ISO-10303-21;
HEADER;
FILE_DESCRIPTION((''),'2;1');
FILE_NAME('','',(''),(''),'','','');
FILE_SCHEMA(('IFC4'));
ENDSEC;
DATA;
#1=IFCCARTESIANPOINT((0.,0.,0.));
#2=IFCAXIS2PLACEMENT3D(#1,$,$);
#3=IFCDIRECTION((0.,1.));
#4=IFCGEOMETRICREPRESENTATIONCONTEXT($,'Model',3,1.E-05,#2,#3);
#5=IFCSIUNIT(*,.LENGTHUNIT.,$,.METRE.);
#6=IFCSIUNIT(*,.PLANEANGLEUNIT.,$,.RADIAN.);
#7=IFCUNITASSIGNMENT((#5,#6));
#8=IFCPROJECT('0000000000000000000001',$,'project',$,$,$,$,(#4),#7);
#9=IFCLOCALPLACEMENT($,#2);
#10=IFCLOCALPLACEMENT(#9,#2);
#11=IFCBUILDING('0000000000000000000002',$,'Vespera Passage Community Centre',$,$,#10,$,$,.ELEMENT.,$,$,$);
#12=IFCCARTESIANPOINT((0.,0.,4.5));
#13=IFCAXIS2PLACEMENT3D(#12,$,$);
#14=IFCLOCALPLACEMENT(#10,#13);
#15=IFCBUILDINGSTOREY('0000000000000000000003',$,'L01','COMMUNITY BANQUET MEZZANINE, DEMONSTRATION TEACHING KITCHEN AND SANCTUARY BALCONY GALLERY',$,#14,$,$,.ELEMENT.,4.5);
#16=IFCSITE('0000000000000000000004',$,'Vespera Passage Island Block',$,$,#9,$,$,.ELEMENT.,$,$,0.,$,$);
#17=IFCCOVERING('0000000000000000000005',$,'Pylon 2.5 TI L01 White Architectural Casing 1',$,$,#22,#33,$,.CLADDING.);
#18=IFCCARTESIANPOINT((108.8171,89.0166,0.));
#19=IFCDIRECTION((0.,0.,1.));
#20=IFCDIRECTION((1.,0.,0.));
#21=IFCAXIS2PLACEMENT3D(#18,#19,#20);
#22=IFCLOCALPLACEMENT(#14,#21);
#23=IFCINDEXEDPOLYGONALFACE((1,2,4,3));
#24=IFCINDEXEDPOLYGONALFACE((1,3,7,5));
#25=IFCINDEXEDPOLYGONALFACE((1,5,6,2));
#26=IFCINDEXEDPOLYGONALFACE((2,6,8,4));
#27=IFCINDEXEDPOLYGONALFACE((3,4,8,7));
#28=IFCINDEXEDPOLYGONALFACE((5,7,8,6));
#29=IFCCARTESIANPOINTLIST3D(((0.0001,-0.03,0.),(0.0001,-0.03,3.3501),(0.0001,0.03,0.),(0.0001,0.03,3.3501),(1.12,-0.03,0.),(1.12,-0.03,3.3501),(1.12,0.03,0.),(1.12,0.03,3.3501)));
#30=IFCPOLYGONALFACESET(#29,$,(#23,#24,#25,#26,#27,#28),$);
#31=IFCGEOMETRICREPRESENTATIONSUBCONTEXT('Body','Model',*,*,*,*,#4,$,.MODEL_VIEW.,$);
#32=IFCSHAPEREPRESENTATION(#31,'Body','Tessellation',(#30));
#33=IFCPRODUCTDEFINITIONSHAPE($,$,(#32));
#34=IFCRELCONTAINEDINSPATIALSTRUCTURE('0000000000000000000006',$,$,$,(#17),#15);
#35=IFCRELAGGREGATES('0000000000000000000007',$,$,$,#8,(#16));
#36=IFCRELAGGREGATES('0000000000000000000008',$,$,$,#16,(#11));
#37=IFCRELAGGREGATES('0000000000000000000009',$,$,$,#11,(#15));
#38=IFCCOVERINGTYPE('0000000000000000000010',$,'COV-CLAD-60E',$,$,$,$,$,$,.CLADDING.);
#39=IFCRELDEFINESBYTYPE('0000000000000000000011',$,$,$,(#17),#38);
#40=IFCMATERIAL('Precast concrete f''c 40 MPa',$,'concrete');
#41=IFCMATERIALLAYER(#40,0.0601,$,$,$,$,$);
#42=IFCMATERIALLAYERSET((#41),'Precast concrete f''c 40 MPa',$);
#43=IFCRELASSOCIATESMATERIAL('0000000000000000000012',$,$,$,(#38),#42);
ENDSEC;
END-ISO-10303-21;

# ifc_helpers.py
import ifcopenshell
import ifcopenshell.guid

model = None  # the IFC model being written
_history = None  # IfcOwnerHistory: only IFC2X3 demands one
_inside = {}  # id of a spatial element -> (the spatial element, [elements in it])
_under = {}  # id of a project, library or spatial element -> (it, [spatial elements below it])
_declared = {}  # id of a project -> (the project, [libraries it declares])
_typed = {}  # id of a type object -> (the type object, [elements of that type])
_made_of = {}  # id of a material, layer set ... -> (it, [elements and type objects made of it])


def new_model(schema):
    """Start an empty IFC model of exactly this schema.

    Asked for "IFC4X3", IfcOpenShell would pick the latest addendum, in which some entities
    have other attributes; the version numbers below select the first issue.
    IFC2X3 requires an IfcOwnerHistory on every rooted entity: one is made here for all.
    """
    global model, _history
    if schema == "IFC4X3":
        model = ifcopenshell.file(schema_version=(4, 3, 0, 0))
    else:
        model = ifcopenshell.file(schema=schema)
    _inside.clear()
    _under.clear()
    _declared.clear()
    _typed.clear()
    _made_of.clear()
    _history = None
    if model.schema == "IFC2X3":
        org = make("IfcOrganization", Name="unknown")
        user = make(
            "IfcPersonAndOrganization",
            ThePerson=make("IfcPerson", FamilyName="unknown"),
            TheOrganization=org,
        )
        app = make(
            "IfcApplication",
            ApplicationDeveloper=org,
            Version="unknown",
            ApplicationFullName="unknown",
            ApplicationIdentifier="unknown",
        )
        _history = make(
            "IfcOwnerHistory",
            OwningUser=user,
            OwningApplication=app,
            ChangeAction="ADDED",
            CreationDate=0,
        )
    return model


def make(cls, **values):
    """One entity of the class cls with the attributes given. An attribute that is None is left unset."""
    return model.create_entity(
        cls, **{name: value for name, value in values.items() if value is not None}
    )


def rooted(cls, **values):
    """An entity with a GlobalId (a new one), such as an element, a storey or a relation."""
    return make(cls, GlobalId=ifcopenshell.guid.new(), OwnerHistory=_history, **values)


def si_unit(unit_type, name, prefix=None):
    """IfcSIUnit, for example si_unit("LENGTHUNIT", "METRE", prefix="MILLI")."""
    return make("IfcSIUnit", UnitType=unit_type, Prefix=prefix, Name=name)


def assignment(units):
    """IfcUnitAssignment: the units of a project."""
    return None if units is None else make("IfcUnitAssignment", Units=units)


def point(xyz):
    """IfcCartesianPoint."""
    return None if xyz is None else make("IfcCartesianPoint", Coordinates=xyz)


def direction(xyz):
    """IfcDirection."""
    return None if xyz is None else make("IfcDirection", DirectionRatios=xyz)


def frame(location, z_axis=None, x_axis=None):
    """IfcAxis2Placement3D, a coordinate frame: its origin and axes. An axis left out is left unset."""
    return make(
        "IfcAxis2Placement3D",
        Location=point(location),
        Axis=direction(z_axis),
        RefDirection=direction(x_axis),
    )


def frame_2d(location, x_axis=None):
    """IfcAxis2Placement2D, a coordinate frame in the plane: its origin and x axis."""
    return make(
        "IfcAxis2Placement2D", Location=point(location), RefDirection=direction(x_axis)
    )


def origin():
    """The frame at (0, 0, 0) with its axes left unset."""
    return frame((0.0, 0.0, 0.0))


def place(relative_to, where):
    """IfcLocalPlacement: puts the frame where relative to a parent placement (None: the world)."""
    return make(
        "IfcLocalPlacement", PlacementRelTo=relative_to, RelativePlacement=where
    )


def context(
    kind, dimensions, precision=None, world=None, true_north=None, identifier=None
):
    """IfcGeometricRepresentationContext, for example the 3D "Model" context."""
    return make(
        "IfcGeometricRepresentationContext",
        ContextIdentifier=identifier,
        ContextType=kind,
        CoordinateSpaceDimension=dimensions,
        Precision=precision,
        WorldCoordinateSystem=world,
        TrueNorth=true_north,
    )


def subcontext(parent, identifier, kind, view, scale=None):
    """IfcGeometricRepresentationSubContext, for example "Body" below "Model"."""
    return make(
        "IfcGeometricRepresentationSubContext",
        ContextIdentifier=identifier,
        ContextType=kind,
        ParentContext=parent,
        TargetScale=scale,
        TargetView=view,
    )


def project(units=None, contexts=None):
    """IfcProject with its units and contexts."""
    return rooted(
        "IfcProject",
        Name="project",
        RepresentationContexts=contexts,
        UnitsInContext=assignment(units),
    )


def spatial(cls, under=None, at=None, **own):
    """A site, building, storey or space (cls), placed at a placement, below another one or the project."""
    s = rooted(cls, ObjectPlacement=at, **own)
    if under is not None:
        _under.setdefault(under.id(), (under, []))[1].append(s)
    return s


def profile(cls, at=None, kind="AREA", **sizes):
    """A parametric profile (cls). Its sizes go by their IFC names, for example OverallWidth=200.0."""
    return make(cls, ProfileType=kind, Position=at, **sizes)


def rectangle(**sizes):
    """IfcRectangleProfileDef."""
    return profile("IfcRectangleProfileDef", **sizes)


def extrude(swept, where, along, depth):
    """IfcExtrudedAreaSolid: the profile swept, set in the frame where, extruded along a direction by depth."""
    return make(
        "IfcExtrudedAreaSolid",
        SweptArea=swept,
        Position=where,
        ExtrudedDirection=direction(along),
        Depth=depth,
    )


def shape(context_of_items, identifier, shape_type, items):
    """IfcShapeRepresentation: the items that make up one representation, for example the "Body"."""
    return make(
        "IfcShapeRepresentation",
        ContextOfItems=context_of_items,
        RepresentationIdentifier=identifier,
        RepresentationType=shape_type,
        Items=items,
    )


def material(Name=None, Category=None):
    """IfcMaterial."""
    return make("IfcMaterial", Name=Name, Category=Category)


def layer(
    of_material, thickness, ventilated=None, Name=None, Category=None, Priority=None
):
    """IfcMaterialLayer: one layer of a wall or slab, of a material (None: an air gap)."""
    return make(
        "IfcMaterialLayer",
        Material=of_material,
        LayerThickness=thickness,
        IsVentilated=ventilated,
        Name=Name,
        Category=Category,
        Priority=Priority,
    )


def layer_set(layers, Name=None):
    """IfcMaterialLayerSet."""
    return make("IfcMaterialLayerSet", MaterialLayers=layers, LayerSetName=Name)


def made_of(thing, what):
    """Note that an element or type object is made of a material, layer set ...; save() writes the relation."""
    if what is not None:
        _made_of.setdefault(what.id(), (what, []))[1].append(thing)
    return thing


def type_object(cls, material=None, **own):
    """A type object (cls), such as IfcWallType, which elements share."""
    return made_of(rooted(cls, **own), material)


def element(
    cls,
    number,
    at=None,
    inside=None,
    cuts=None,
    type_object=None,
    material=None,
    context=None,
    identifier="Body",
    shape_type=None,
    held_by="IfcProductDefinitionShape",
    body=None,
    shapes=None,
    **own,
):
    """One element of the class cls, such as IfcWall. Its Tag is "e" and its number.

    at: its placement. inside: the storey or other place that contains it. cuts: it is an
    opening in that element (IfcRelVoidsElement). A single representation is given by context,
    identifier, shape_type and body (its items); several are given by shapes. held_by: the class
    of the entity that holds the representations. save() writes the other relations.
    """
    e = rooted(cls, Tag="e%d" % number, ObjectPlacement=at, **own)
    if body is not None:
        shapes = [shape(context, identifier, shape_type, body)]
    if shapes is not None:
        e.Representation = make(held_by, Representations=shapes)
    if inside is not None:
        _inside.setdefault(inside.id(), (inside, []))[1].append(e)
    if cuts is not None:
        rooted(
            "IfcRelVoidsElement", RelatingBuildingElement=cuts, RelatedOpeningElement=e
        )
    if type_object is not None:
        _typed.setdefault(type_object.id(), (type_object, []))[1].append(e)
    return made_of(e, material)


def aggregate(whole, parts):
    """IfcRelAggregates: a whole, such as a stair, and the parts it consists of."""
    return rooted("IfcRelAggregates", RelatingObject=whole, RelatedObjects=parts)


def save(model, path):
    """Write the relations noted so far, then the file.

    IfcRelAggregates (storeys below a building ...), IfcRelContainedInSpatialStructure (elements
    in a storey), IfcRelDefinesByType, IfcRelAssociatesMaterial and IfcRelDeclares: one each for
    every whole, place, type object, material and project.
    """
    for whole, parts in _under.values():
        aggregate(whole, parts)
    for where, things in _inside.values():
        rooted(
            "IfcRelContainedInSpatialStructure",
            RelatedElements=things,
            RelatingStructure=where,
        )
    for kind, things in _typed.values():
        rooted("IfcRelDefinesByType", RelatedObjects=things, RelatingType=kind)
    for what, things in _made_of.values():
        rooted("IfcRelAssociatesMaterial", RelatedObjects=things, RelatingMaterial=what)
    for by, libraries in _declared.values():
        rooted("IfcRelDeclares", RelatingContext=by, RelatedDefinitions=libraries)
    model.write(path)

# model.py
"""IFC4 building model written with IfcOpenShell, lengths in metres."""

from ifc_helpers import new_model, si_unit, direction, frame, frame_2d, origin, place, context, subcontext, project, spatial, rectangle, extrude, material, layer, layer_set, type_object, element, save


model = new_model("IFC4")

# Units and contexts
model_context = context("Model", 3, precision=1e-05, world=origin(), true_north=direction((0.0, 1.0)))
body_context = subcontext(model_context, "Body", "Model", "MODEL_VIEW")
ifc_project = project(units=[si_unit("LENGTHUNIT", "METRE"), si_unit("PLANEANGLEUNIT", "RADIAN")], contexts=[model_context])

# Site, building, storey
site_placement = place(None, origin())
site = spatial("IfcSite", under=ifc_project, at=site_placement, Name="Vespera Passage Island Block", CompositionType="ELEMENT", RefElevation=0.0)
building_placement = place(site_placement, origin())
building = spatial("IfcBuilding", under=site, at=building_placement, Name="Vespera Passage Community Centre", CompositionType="ELEMENT")
storey_placement = place(building_placement, frame((0.0, 0.0, 4.5)))
storey = spatial("IfcBuildingStorey", under=building, at=storey_placement, Name="L01", Description="COMMUNITY BANQUET MEZZANINE, DEMONSTRATION TEACHING KITCHEN AND SANCTUARY BALCONY GALLERY", CompositionType="ELEMENT", Elevation=4.5)

# Covering
ifc_material_1 = material(Name="Precast concrete f'c 40 MPa", Category="concrete")
ifc_layer_1 = layer(ifc_material_1, 0.0601)
ifc_layer_set_1 = layer_set([ifc_layer_1], Name="Precast concrete f'c 40 MPa")
covering_type = type_object("IfcCoveringType", Name="COV-CLAD-60E", PredefinedType="CLADDING", material=ifc_layer_set_1)
for number, where, z_axis, x_axis, name in (
    (1, (108.8171, 89.0166, 0.0), (0.0, 0.0, 1.0), (1.0, 0.0, 0.0), "Pylon 2.5 TI L01 White Architectural Casing 1"),
):
    element("IfcCovering", number, at=place(storey_placement, frame(where, z_axis=z_axis, x_axis=x_axis)), inside=storey, type_object=covering_type, Name=name, PredefinedType="CLADDING", context=body_context, shape_type="SweptSolid", body=[
        extrude(rectangle(XDim=1.1199, YDim=0.0601, at=frame_2d((0.5601, 0.0))), origin(), (0.0, 0.0, 1.0), 3.3501),
    ])

save(model, "model.ifc")
